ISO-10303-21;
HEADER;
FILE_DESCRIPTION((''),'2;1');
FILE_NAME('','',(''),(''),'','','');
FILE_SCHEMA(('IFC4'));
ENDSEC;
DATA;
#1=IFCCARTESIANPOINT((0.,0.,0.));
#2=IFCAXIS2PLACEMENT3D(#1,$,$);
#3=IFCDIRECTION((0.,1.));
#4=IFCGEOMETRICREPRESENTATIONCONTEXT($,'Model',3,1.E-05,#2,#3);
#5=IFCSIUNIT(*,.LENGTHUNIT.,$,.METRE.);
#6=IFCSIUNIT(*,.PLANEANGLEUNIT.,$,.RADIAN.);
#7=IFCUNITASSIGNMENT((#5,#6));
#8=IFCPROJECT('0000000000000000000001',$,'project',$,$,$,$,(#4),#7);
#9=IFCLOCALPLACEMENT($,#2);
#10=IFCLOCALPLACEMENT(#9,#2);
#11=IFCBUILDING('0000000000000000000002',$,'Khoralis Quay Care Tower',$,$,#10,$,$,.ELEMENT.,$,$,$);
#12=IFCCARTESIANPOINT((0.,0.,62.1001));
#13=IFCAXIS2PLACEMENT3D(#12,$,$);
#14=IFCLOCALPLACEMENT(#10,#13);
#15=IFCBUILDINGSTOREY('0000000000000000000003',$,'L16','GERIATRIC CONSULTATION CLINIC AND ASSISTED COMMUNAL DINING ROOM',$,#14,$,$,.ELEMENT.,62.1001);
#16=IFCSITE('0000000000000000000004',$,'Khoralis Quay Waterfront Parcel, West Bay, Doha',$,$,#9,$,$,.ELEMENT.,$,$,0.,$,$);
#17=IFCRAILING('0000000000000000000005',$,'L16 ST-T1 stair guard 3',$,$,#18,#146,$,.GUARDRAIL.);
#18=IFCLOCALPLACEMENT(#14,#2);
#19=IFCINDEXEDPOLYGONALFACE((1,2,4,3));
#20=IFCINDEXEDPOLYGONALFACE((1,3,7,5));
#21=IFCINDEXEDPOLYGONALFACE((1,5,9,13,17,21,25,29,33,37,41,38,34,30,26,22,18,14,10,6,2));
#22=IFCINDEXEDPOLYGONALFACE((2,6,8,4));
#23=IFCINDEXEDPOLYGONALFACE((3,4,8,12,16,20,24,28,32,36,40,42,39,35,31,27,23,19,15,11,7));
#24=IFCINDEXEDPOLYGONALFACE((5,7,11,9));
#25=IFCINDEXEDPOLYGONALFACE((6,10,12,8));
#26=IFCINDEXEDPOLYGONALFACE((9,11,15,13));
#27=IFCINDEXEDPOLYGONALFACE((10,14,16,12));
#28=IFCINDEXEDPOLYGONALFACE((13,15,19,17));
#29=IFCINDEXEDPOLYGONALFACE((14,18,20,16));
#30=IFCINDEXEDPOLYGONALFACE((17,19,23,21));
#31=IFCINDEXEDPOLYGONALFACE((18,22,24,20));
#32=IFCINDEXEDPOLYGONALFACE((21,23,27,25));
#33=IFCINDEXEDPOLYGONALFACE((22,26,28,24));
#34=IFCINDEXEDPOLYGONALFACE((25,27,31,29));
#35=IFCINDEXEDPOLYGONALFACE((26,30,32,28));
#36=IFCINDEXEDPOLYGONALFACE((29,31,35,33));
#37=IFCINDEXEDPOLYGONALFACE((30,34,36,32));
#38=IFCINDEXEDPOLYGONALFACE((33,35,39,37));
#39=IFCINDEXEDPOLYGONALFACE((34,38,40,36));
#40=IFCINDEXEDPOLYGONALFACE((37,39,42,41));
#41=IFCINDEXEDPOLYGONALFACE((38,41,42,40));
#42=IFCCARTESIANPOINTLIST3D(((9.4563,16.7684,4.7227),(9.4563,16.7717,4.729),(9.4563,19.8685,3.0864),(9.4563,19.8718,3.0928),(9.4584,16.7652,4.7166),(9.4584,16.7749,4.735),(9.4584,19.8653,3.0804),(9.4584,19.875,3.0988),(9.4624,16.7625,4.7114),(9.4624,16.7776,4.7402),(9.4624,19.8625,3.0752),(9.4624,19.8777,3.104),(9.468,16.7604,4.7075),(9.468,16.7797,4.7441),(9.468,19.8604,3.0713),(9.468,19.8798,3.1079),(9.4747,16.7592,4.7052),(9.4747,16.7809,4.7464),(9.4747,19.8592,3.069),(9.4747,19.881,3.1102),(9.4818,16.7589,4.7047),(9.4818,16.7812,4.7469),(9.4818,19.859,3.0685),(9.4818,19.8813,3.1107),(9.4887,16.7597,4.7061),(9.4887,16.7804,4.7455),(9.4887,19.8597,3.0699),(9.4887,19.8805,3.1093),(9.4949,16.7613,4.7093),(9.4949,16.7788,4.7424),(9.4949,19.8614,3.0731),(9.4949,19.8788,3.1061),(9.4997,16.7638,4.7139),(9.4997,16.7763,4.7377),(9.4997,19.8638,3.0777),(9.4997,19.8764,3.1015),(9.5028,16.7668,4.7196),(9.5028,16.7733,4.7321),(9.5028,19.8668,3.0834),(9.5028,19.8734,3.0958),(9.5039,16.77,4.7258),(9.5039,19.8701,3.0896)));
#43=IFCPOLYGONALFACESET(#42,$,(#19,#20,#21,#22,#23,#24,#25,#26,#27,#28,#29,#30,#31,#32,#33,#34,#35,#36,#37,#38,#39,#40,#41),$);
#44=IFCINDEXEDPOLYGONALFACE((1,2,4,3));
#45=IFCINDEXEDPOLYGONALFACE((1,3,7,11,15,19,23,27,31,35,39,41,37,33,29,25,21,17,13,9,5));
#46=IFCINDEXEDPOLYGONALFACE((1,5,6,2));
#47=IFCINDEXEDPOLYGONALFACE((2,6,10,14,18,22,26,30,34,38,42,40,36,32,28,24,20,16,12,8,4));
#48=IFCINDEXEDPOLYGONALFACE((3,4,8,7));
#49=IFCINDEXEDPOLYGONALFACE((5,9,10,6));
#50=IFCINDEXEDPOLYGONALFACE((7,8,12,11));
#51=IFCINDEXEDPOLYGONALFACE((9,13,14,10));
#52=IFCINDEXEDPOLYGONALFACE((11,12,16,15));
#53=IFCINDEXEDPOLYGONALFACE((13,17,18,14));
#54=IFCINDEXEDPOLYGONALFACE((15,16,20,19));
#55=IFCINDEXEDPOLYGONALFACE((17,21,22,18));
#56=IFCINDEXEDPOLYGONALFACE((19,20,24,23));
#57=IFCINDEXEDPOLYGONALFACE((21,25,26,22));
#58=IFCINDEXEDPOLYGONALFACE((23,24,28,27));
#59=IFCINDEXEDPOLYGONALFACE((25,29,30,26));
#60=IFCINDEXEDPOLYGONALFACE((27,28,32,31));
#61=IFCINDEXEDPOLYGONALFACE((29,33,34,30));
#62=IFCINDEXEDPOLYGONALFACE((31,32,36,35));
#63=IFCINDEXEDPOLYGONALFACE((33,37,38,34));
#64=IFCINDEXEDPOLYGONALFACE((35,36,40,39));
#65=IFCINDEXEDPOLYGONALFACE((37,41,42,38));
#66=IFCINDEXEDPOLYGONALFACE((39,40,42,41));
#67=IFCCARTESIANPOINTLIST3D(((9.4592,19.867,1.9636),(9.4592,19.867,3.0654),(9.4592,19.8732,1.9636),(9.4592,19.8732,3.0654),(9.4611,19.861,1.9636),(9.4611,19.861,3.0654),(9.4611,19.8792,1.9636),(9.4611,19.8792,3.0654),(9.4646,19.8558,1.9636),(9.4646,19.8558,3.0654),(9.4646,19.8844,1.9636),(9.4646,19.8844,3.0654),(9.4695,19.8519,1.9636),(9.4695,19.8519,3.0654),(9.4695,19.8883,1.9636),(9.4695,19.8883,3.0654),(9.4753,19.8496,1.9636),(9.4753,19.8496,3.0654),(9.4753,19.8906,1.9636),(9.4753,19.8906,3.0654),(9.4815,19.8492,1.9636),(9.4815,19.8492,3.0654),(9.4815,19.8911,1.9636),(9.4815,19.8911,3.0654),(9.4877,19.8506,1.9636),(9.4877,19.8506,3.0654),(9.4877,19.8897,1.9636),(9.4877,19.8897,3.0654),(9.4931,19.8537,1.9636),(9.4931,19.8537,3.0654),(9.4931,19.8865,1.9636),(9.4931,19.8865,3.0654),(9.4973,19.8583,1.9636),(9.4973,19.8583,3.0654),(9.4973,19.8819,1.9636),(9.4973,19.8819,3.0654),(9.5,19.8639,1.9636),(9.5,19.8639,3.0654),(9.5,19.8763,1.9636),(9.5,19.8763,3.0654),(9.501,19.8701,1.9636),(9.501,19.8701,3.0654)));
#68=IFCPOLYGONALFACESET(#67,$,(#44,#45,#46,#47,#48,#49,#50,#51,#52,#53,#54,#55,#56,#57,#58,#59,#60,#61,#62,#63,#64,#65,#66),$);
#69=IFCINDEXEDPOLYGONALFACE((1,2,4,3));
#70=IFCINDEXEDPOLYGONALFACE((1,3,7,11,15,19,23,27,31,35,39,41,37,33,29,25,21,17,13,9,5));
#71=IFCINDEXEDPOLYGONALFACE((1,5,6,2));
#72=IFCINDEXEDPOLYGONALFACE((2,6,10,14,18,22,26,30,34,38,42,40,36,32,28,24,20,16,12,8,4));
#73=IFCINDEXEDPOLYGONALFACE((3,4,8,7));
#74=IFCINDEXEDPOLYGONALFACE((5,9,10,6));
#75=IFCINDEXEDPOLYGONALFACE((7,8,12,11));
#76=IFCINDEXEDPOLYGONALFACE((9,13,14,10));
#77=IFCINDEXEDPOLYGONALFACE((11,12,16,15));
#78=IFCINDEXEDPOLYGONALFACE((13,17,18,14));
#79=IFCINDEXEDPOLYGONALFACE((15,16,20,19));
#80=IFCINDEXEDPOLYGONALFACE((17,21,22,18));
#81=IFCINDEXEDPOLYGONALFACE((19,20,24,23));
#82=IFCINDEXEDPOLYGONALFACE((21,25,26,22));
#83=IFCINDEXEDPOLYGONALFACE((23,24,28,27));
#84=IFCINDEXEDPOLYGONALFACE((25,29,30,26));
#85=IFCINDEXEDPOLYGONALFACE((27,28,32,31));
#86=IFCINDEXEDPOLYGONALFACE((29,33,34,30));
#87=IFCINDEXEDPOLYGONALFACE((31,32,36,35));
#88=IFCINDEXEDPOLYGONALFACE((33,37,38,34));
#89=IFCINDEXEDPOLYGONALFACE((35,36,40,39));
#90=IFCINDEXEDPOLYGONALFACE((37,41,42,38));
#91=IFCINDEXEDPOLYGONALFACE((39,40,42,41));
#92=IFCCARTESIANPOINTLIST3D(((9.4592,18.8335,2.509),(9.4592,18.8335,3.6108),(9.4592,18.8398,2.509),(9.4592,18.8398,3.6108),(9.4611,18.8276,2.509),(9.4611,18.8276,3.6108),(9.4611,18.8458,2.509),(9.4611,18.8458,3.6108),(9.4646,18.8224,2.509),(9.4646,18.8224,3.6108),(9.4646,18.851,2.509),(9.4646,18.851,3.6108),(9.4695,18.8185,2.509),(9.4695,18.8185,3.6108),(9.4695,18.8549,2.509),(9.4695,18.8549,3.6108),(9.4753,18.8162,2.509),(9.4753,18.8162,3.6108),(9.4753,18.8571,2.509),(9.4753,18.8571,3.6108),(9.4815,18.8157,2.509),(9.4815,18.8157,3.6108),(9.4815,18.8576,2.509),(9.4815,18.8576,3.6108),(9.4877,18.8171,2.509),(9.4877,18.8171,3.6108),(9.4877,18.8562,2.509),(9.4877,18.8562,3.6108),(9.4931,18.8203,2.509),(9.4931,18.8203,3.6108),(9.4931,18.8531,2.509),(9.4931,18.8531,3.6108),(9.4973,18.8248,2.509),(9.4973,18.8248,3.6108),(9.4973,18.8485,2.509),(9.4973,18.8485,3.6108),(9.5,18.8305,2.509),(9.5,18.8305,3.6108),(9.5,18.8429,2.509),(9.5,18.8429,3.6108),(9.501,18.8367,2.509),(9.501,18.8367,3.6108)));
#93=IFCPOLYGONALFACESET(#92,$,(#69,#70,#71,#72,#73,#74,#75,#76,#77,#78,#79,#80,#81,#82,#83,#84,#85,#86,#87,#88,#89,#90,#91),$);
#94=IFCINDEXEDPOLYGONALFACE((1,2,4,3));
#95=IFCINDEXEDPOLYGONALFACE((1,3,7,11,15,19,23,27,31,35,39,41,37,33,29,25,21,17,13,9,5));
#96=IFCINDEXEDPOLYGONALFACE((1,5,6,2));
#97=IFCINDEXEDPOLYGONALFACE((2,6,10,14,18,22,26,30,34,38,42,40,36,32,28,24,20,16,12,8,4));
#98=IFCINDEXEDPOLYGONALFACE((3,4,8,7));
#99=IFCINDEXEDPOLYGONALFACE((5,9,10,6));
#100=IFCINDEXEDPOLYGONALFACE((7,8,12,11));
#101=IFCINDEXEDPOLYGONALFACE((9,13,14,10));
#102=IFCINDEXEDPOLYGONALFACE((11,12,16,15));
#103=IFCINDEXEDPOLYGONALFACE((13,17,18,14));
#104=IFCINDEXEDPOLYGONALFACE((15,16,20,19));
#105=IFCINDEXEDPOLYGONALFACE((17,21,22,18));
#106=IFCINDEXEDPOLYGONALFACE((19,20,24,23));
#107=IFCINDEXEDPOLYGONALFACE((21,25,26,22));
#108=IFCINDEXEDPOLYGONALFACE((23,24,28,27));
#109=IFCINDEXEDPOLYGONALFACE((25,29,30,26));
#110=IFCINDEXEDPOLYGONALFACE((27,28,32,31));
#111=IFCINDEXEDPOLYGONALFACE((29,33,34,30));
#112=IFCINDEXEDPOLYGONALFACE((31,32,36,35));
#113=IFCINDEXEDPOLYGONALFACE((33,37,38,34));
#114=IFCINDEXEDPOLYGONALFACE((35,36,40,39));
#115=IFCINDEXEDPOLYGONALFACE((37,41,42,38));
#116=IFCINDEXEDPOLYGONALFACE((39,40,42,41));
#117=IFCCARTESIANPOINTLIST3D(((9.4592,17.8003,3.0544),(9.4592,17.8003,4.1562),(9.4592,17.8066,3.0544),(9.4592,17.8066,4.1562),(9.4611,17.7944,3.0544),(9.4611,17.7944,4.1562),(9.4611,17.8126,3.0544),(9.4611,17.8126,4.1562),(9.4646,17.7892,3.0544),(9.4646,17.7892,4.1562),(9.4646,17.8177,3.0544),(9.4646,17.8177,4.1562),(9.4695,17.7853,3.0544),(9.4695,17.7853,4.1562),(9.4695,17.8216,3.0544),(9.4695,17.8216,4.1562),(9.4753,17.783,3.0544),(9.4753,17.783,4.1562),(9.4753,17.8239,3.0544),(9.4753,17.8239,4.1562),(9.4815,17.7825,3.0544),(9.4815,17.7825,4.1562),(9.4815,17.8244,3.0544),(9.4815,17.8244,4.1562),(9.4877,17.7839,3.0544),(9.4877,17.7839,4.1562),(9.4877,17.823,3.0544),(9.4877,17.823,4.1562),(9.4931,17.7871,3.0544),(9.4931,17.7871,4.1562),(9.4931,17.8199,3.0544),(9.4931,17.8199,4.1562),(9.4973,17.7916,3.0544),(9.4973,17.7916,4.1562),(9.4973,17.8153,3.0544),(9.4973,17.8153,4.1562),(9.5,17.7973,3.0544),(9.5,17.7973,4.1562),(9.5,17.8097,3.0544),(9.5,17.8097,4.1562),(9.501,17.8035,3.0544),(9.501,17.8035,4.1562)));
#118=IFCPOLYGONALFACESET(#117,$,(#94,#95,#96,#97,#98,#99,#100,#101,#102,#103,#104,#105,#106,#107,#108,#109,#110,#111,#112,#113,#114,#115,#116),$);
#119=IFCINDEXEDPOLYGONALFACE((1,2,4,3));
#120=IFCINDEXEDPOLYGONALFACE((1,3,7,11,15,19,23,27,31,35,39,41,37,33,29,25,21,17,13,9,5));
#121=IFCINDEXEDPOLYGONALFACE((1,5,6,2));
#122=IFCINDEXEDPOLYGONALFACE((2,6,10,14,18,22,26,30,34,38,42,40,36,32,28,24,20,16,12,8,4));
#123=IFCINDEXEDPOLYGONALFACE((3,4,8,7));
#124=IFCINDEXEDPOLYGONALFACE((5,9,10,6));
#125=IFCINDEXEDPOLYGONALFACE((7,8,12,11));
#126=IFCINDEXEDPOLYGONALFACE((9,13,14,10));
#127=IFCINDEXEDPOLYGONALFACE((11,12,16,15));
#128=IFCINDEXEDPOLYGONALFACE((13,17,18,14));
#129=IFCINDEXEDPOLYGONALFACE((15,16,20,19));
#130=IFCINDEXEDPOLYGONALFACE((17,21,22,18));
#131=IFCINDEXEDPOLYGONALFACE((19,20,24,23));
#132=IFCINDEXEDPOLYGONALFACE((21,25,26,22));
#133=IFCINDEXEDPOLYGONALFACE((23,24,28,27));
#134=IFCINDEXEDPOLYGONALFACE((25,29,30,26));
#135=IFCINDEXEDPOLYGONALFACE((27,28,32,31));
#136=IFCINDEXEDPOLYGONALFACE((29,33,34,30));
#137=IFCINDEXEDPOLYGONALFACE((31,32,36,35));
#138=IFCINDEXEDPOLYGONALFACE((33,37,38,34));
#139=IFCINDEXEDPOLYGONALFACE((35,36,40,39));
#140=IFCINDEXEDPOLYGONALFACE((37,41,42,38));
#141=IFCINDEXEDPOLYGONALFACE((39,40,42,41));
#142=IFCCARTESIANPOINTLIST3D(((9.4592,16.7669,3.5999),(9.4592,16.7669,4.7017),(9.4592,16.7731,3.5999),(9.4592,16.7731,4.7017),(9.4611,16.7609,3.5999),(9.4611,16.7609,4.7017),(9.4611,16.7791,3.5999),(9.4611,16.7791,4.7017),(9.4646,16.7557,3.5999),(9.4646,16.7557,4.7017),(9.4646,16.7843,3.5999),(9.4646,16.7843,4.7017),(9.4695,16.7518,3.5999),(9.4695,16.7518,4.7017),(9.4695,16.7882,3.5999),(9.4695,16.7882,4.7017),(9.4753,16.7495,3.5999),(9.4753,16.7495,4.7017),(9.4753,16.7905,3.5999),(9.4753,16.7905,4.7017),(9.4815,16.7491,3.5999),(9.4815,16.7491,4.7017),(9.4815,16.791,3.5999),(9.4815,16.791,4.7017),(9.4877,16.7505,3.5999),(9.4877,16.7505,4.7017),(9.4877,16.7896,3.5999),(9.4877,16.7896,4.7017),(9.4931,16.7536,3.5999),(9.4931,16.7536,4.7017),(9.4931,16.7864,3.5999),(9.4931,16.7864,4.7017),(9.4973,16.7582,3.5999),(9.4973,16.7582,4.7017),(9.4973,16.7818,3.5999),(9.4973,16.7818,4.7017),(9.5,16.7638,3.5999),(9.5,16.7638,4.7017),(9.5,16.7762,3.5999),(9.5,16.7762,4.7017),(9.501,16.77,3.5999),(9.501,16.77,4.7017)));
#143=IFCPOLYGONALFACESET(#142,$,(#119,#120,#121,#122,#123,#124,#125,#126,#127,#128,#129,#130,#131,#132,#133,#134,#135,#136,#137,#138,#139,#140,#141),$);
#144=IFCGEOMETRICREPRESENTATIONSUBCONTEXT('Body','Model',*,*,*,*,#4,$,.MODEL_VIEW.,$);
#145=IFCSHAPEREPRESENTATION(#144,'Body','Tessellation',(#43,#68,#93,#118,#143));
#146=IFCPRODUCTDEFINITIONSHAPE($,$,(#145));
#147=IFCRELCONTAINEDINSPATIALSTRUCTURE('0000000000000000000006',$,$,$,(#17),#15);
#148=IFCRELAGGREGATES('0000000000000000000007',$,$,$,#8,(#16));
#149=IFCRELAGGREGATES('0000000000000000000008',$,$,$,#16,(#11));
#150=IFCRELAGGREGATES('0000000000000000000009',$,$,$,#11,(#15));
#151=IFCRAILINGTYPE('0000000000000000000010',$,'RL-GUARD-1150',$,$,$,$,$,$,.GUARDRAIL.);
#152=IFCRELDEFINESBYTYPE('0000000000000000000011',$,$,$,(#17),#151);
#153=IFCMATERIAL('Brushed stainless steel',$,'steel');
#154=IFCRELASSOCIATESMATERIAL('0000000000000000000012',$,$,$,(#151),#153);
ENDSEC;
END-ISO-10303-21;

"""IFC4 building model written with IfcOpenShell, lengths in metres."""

from ifc_helpers import new_model, si_unit, direction, frame, origin, origin_2d, place, context, subcontext, project, spatial, circle, extrude, material, type_object, element, save


model = new_model("IFC4")

# Units and contexts
model_context = context("Model", 3, precision=1e-05, world=origin(), true_north=direction((0.0, 1.0)))
body_context = subcontext(model_context, "Body", "Model", "MODEL_VIEW")
ifc_project = project(units=[si_unit("LENGTHUNIT", "METRE"), si_unit("PLANEANGLEUNIT", "RADIAN")], contexts=[model_context])

# Site, building, storey
site_placement = place(None, origin())
site = spatial("IfcSite", under=ifc_project, at=site_placement, Name="Khoralis Quay Waterfront Parcel, West Bay, Doha", CompositionType="ELEMENT", RefElevation=0.0)
building_placement = place(site_placement, origin())
building = spatial("IfcBuilding", under=site, at=building_placement, Name="Khoralis Quay Care Tower", CompositionType="ELEMENT")
storey_placement = place(building_placement, frame((0.0, 0.0, 62.1001)))
storey = spatial("IfcBuildingStorey", under=building, at=storey_placement, Name="L16", Description="GERIATRIC CONSULTATION CLINIC AND ASSISTED COMMUNAL DINING ROOM", CompositionType="ELEMENT", Elevation=62.1001)

# Shared definitions
ifc_material_1 = material(Name="Brushed stainless steel", Category="steel")

# Railing
railing_type_1 = type_object("IfcRailingType", Name="RL-GUARD-1150", PredefinedType="GUARDRAIL", material=ifc_material_1)
railing_1_placement = place(storey_placement, frame((9.48, 19.8701, 1.9636)))
element("IfcRailing", 1, at=railing_1_placement, inside=storey, type_object=railing_type_1, Name="L16 ST-T1 stair guard 3", PredefinedType="GUARDRAIL", context=body_context, shape_type="SweptSolid", body=[
    extrude(circle(Radius=0.0239, at=origin_2d()), frame((0.0, 0.0, 1.126), z_axis=(0.0, -0.884377, 0.466774), x_axis=(1.0, 0.0, 0.0)), (0.0, 0.0, 1.0), 3.5054),
    extrude(circle(Radius=0.021, at=origin_2d()), origin(), (0.0, 0.0, 1.0), 1.1018),
    extrude(circle(Radius=0.021, at=origin_2d()), frame((0.0, -1.0334, 0.5454)), (0.0, 0.0, 1.0), 1.1018),
    extrude(circle(Radius=0.021, at=origin_2d()), frame((0.0, -2.0667, 1.0908)), (0.0, 0.0, 1.0), 1.1018),
    extrude(circle(Radius=0.021, at=origin_2d()), frame((0.0, -3.1001, 1.6362)), (0.0, 0.0, 1.0), 1.1018),
])

save(model, "model.ifc")
